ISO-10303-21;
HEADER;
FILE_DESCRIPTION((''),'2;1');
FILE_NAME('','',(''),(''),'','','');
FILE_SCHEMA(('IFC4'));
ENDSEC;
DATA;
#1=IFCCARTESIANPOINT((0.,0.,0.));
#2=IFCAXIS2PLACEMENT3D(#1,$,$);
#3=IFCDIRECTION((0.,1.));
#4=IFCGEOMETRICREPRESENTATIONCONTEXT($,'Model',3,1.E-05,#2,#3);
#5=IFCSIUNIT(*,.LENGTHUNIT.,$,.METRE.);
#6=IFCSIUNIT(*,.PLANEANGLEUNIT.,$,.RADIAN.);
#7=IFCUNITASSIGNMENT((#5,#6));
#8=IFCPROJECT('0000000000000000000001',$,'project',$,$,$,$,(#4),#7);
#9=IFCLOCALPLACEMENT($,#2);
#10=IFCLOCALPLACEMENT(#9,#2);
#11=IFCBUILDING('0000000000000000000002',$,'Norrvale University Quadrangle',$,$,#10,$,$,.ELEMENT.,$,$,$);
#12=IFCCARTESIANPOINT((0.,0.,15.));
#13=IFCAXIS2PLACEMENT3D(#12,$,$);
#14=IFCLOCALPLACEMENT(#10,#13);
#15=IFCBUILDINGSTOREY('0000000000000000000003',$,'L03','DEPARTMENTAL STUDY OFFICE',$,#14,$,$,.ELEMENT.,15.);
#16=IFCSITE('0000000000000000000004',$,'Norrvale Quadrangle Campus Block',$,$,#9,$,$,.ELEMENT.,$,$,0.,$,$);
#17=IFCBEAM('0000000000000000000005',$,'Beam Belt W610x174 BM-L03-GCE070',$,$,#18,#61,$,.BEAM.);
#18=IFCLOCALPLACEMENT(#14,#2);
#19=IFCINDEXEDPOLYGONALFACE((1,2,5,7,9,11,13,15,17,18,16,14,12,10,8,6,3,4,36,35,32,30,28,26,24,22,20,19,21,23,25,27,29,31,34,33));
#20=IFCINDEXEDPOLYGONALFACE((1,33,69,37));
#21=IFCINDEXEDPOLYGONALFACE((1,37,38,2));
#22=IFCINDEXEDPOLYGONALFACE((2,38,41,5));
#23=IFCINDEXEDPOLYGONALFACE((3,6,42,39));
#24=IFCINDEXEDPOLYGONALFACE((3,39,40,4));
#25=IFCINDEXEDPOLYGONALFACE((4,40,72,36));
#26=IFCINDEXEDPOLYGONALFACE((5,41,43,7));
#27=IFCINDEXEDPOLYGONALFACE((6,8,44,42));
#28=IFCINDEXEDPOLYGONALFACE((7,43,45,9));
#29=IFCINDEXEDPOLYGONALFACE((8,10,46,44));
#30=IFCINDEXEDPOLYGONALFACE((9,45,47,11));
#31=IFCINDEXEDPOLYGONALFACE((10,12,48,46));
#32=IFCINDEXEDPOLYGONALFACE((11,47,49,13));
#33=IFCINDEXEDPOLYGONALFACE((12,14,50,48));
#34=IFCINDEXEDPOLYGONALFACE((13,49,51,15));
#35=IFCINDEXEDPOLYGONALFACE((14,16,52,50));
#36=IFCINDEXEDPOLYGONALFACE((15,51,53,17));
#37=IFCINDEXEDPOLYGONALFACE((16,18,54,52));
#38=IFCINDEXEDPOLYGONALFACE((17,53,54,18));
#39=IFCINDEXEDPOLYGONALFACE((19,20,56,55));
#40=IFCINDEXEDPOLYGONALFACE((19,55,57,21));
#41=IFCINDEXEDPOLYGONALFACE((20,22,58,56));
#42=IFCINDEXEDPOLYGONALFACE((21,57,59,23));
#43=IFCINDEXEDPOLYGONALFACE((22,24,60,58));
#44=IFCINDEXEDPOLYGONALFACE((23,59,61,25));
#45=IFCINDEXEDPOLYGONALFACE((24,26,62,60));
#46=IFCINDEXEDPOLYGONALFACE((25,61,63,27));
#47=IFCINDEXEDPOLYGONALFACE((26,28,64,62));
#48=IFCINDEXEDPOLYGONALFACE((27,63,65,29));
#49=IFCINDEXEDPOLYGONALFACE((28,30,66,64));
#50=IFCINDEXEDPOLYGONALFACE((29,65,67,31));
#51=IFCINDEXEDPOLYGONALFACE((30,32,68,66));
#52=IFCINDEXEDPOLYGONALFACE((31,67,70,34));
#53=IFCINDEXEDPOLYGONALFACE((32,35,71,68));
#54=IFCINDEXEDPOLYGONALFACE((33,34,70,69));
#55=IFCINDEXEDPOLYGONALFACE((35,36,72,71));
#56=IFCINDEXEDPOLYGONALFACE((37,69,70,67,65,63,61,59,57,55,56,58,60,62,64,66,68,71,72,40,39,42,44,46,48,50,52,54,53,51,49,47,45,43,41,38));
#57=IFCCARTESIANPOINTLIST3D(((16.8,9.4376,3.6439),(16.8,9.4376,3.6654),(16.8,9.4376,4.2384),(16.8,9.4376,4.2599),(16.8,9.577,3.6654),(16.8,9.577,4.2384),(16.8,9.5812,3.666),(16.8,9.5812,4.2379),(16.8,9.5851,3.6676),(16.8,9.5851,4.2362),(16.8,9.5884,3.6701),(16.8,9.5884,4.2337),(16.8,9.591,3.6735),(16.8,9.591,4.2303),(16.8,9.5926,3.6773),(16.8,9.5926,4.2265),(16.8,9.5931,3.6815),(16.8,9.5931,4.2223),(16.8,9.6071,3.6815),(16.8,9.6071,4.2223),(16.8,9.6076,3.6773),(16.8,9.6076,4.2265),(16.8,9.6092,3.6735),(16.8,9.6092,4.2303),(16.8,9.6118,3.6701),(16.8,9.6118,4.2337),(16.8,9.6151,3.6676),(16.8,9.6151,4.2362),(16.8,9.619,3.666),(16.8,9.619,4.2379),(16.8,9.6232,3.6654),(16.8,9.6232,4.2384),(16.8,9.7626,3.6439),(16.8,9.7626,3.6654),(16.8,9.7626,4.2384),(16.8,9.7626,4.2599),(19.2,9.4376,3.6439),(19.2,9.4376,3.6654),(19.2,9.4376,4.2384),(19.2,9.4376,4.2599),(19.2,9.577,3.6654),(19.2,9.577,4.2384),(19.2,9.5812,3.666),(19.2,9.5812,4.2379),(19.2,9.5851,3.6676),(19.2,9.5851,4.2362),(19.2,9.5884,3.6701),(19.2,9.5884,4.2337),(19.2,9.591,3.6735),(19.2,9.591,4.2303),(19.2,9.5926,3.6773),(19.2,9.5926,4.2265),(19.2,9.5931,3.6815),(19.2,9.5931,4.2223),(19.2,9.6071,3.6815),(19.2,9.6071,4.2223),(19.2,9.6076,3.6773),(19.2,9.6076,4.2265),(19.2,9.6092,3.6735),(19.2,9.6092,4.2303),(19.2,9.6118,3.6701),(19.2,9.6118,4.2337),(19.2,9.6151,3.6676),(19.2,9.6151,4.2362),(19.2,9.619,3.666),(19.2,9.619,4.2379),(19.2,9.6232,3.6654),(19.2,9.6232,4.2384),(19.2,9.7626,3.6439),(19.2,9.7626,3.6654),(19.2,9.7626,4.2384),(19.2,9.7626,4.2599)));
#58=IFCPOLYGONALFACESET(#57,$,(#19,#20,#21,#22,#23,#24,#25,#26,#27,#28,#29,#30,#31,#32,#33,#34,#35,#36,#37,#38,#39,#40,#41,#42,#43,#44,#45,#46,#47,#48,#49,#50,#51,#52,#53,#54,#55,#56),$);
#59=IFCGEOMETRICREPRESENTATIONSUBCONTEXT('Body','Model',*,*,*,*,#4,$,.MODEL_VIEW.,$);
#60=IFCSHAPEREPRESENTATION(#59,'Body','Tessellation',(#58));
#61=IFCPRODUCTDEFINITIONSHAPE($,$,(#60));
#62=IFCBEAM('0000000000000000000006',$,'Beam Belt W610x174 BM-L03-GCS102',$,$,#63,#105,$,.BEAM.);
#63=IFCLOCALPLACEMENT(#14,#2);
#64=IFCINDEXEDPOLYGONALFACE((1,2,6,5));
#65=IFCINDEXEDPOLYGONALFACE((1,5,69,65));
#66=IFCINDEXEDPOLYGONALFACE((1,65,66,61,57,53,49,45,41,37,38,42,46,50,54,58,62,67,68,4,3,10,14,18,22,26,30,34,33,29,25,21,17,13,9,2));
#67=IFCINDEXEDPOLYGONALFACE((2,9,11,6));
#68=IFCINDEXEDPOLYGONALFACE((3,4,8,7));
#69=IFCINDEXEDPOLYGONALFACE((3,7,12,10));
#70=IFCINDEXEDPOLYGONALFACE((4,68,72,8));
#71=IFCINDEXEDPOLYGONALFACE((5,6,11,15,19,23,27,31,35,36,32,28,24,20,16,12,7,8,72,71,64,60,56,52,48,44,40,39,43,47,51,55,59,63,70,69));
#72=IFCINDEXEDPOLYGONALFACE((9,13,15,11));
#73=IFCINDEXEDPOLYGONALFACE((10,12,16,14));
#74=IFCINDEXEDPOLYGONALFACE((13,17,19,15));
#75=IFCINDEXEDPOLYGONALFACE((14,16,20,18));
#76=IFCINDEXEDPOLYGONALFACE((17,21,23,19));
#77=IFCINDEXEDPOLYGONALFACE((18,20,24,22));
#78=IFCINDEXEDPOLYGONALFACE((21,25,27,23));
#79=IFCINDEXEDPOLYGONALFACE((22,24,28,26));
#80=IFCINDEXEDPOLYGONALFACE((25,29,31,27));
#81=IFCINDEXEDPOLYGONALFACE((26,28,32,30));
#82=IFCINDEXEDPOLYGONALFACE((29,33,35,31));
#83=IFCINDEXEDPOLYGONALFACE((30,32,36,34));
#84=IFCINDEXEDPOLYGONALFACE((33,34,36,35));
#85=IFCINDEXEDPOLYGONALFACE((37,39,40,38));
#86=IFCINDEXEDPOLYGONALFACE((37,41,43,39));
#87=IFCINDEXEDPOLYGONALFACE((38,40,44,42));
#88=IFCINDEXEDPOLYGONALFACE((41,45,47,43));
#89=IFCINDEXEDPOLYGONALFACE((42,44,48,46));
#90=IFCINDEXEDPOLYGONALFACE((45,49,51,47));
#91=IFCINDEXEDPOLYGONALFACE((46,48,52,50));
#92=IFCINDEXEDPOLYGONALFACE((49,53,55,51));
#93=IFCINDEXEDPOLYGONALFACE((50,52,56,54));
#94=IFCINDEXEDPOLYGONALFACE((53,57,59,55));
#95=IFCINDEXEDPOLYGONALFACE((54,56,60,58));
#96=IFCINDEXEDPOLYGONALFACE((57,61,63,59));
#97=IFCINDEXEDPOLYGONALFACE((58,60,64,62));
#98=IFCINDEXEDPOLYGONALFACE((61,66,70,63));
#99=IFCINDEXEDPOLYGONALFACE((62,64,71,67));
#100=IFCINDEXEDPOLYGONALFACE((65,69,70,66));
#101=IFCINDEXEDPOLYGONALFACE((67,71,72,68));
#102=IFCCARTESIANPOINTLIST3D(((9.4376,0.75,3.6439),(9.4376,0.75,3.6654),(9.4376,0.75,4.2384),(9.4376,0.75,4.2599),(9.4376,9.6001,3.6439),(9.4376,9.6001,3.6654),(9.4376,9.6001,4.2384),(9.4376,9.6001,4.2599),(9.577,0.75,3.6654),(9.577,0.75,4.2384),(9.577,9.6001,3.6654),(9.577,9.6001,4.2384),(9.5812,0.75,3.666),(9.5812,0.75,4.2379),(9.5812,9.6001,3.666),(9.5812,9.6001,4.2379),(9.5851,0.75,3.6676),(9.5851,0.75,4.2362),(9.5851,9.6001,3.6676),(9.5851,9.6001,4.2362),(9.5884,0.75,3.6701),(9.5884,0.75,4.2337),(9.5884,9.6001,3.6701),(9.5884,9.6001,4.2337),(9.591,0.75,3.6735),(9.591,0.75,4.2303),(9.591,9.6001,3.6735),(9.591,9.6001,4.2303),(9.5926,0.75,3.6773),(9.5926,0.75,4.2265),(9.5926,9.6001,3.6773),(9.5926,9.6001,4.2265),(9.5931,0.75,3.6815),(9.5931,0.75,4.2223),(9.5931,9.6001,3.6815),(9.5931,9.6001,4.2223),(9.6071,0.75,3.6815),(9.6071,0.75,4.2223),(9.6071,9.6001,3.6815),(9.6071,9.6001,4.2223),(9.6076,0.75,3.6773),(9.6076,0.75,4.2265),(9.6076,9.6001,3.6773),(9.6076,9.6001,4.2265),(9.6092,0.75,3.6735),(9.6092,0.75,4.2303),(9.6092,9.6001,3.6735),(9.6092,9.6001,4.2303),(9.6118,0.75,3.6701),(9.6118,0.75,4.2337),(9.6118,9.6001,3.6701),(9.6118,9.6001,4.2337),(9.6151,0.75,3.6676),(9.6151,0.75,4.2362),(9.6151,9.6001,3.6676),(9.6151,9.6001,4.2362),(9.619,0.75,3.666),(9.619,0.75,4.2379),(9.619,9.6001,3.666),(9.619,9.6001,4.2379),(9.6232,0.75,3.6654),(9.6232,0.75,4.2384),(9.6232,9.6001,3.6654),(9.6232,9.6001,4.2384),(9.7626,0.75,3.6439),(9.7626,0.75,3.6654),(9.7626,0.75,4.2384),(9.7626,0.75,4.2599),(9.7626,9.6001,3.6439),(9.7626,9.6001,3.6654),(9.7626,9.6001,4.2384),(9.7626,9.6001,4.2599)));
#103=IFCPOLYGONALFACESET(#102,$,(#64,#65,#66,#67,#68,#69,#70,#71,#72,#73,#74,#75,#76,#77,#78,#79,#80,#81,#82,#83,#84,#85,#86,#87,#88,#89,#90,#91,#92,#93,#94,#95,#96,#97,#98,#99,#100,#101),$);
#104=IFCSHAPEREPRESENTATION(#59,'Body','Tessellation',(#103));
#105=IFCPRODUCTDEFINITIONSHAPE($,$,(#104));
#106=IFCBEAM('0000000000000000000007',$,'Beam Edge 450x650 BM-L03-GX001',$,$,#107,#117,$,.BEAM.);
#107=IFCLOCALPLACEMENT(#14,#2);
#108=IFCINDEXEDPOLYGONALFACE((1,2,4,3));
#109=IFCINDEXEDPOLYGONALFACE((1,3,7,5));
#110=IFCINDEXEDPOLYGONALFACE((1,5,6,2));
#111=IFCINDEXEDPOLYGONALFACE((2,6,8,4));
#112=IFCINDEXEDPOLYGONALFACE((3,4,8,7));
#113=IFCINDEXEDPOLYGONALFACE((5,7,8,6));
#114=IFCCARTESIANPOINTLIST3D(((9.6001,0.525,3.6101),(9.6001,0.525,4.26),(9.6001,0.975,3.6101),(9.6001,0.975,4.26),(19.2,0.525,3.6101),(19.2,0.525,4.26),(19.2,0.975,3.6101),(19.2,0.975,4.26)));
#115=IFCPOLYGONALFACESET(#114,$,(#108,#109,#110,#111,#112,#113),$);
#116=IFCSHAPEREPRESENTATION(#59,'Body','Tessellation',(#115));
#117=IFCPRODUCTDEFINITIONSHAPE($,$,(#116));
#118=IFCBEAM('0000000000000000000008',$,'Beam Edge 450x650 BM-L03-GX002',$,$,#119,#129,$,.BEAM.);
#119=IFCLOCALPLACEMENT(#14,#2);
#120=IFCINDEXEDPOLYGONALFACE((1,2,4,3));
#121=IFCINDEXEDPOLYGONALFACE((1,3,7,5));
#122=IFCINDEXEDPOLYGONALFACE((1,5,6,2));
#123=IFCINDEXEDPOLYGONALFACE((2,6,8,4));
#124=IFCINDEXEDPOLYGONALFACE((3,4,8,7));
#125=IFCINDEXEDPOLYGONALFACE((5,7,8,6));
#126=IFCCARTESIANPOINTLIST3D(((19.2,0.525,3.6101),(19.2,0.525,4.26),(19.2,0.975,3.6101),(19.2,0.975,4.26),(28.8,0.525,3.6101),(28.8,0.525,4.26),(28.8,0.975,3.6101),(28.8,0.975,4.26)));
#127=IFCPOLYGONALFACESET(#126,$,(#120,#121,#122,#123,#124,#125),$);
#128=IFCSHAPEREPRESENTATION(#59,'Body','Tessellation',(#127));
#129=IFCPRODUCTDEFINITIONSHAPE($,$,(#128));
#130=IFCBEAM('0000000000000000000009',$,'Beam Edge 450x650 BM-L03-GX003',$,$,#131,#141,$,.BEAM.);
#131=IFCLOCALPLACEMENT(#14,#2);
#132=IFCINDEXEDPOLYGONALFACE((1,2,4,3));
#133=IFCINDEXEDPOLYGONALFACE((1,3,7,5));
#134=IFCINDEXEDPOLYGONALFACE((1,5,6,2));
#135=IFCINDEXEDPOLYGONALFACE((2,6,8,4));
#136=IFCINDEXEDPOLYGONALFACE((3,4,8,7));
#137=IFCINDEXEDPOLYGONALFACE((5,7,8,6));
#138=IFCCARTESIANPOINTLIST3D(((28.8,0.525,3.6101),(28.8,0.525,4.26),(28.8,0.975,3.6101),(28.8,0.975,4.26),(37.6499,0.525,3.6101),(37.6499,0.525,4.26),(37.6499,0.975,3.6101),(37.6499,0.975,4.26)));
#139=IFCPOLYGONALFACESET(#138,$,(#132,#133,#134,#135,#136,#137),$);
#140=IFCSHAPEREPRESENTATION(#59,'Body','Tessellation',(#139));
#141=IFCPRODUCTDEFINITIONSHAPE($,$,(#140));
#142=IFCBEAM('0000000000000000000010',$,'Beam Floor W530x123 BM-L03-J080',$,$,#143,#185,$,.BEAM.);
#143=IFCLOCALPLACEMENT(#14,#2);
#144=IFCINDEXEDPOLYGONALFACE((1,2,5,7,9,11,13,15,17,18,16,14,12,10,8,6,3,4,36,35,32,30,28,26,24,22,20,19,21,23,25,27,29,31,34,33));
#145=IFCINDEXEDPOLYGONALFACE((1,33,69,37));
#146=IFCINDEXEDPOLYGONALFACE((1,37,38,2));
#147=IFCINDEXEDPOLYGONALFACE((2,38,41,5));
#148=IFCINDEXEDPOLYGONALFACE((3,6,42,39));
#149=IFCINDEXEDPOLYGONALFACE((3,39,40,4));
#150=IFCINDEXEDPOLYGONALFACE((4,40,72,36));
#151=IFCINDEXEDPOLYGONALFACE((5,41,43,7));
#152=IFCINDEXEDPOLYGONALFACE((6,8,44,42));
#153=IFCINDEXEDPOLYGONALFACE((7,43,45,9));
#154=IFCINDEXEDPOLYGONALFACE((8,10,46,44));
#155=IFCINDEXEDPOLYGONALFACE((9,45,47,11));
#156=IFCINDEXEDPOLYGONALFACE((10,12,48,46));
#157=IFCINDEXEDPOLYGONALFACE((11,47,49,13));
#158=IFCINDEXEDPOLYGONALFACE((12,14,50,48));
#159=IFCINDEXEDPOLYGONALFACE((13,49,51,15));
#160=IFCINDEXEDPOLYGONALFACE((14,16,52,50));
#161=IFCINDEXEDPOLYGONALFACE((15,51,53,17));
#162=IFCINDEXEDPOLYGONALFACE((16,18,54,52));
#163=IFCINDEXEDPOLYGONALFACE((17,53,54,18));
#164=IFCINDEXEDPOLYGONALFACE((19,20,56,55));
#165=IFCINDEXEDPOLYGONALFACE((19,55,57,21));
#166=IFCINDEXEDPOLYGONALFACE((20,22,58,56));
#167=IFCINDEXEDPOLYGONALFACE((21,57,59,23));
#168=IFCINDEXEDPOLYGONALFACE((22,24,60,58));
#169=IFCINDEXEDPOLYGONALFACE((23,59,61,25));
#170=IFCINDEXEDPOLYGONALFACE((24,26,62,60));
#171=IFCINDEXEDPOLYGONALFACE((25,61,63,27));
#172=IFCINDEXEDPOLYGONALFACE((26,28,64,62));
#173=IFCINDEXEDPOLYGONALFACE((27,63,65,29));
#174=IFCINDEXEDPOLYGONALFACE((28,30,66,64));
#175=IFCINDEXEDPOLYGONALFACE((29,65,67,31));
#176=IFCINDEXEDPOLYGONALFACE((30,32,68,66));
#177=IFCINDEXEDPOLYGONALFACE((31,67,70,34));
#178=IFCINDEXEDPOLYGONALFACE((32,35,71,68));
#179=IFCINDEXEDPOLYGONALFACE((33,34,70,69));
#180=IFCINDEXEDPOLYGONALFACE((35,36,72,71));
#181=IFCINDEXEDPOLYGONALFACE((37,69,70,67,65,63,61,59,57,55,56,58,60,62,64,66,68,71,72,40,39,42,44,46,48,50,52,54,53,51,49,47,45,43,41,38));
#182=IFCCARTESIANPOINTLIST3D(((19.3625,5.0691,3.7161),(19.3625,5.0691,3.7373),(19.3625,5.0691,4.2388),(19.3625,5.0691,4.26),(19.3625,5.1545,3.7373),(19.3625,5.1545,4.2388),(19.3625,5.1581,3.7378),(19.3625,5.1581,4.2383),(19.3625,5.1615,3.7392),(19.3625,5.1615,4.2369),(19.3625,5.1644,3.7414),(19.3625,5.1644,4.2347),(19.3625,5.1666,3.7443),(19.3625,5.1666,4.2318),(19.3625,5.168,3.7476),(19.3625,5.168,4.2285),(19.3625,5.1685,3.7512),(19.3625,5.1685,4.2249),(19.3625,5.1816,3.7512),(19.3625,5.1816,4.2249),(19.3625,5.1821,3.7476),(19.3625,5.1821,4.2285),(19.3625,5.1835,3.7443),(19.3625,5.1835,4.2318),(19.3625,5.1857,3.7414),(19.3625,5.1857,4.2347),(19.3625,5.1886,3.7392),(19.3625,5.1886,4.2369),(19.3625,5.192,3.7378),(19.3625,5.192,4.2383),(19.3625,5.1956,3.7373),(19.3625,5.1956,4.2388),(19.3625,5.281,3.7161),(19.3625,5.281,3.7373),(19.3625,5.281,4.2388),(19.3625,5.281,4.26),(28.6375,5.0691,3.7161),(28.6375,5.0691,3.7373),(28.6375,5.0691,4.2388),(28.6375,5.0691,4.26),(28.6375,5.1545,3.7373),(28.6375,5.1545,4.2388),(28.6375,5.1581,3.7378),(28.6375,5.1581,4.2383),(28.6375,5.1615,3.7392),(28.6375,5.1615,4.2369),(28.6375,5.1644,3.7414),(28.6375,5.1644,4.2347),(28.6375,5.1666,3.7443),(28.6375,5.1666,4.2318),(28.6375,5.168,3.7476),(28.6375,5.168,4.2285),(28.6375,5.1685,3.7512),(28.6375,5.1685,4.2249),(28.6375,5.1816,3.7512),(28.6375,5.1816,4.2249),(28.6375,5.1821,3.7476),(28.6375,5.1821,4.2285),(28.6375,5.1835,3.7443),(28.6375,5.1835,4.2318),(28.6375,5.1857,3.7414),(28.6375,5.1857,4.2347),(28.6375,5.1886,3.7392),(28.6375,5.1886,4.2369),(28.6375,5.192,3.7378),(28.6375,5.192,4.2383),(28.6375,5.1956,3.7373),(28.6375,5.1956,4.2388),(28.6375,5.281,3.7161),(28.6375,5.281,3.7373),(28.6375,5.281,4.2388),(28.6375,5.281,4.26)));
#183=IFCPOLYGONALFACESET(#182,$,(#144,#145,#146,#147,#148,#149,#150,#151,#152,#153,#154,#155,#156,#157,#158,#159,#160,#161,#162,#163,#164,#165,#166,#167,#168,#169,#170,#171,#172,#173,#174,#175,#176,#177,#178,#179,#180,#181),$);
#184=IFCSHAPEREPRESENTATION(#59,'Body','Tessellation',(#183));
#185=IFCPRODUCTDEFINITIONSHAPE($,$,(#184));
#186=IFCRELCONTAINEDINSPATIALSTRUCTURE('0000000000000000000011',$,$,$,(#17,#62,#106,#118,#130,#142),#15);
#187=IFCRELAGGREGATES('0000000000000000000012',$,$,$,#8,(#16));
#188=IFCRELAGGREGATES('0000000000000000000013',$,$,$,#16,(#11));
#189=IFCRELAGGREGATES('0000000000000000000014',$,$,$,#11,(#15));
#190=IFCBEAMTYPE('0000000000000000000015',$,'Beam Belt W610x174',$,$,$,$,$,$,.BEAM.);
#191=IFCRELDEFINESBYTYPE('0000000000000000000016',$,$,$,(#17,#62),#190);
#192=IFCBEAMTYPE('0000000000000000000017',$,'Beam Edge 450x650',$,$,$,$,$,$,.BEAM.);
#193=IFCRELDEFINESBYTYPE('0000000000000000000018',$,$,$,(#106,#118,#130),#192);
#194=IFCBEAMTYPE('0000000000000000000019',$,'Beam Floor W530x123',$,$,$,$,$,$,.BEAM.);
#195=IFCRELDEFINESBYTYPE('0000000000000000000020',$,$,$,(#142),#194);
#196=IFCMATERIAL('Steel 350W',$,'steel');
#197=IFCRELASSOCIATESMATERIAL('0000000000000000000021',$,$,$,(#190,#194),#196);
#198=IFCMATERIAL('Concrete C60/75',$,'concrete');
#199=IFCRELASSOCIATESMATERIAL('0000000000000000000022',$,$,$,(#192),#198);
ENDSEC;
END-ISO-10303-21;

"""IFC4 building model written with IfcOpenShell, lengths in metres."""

from ifc_helpers import new_model, si_unit, direction, frame, origin, origin_2d, place, context, subcontext, project, spatial, rectangle, i_section, extrude, material, material_profile, profile_set, type_object, element, save


model = new_model("IFC4")

# Units and contexts
model_context = context("Model", 3, precision=1e-05, world=origin(), true_north=direction((0.0, 1.0)))
body_context = subcontext(model_context, "Body", "Model", "MODEL_VIEW")
ifc_project = project(units=[si_unit("LENGTHUNIT", "METRE"), si_unit("PLANEANGLEUNIT", "RADIAN")], contexts=[model_context])

# Site, building, storey
site_placement = place(None, origin())
site = spatial("IfcSite", under=ifc_project, at=site_placement, Name="Norrvale Quadrangle Campus Block", CompositionType="ELEMENT", RefElevation=0.0)
building_placement = place(site_placement, origin())
building = spatial("IfcBuilding", under=site, at=building_placement, Name="Norrvale University Quadrangle", CompositionType="ELEMENT")
storey_placement = place(building_placement, frame((0.0, 0.0, 15.0)))
storey = spatial("IfcBuildingStorey", under=building, at=storey_placement, Name="L03", Description="DEPARTMENTAL STUDY OFFICE", CompositionType="ELEMENT", Elevation=15.0)

# Beams
ifc_material_1 = material(Name="Steel 350W", Category="steel")
ifc_material_profile_1 = material_profile(ifc_material_1, i_section(OverallWidth=0.325, OverallDepth=0.616, WebThickness=0.0139, FlangeThickness=0.0215, FilletRadius=0.0161, at=origin_2d()), Name="Steel 350W")
ifc_profile_set_1 = profile_set([ifc_material_profile_1], Name="Steel 350W")
beam_type_1 = type_object("IfcBeamType", Name="Beam Belt W610x174", PredefinedType="BEAM", material=ifc_profile_set_1)
beam_1_placement = place(storey_placement, frame((16.8, 9.6001, 3.9519), z_axis=(1.0, 0.0, 0.0), x_axis=(0.0, 1.0, 0.0)))
element("IfcBeam", 1, at=beam_1_placement, inside=storey, type_object=beam_type_1, Name="Beam Belt W610x174 BM-L03-GCE070", PredefinedType="BEAM", context=body_context, shape_type="SweptSolid", body=[
    extrude(i_section(OverallWidth=0.325, OverallDepth=0.616, WebThickness=0.0139, FlangeThickness=0.0215, FilletRadius=0.0161, at=origin_2d()), origin(), (0.0, 0.0, 1.0), 2.3999),
])
beam_2_placement = place(storey_placement, frame((9.6001, 0.75, 3.9519), z_axis=(0.0, 1.0, 0.0), x_axis=(-1.0, 0.0, 0.0)))
element("IfcBeam", 2, at=beam_2_placement, inside=storey, type_object=beam_type_1, Name="Beam Belt W610x174 BM-L03-GCS102", PredefinedType="BEAM", context=body_context, shape_type="SweptSolid", body=[
    extrude(i_section(OverallWidth=0.325, OverallDepth=0.616, WebThickness=0.0139, FlangeThickness=0.0215, FilletRadius=0.0161, at=origin_2d()), origin(), (0.0, 0.0, 1.0), 8.8501),
])
ifc_material_2 = material(Name="Concrete C60/75", Category="concrete")
ifc_material_profile_2 = material_profile(ifc_material_2, rectangle(XDim=0.45, YDim=0.6499, at=origin_2d()), Name="Concrete C60/75")
ifc_profile_set_2 = profile_set([ifc_material_profile_2], Name="Concrete C60/75")
beam_type_2 = type_object("IfcBeamType", Name="Beam Edge 450x650", PredefinedType="BEAM", material=ifc_profile_set_2)
beam_3_placement = place(storey_placement, frame((9.6001, 0.75, 3.9351), z_axis=(1.0, 0.0, 0.0), x_axis=(0.0, 1.0, 0.0)))
element("IfcBeam", 3, at=beam_3_placement, inside=storey, type_object=beam_type_2, Name="Beam Edge 450x650 BM-L03-GX001", PredefinedType="BEAM", context=body_context, shape_type="SweptSolid", body=[
    extrude(rectangle(XDim=0.45, YDim=0.6499, at=origin_2d()), origin(), (0.0, 0.0, 1.0), 9.5999),
])
beam_4_placement = place(storey_placement, frame((19.2, 0.75, 3.9351), z_axis=(1.0, 0.0, 0.0), x_axis=(0.0, 1.0, 0.0)))
element("IfcBeam", 4, at=beam_4_placement, inside=storey, type_object=beam_type_2, Name="Beam Edge 450x650 BM-L03-GX002", PredefinedType="BEAM", context=body_context, shape_type="SweptSolid", body=[
    extrude(rectangle(XDim=0.45, YDim=0.6499, at=origin_2d()), origin(), (0.0, 0.0, 1.0), 9.6001),
])
beam_5_placement = place(storey_placement, frame((28.8, 0.75, 3.9351), z_axis=(1.0, 0.0, 0.0), x_axis=(0.0, 1.0, 0.0)))
element("IfcBeam", 5, at=beam_5_placement, inside=storey, type_object=beam_type_2, Name="Beam Edge 450x650 BM-L03-GX003", PredefinedType="BEAM", context=body_context, shape_type="SweptSolid", body=[
    extrude(rectangle(XDim=0.45, YDim=0.6499, at=origin_2d()), origin(), (0.0, 0.0, 1.0), 8.8499),
])
ifc_material_profile_3 = material_profile(ifc_material_1, i_section(OverallWidth=0.2119, OverallDepth=0.5439, WebThickness=0.0132, FlangeThickness=0.0212, FilletRadius=0.0139, at=origin_2d()), Name="Steel 350W")
ifc_profile_set_3 = profile_set([ifc_material_profile_3], Name="Steel 350W")
beam_type_3 = type_object("IfcBeamType", Name="Beam Floor W530x123", PredefinedType="BEAM", material=ifc_profile_set_3)
beam_6_placement = place(storey_placement, frame((19.3625, 5.175, 3.988), z_axis=(1.0, 0.0, 0.0), x_axis=(0.0, 1.0, 0.0)))
element("IfcBeam", 6, at=beam_6_placement, inside=storey, type_object=beam_type_3, Name="Beam Floor W530x123 BM-L03-J080", PredefinedType="BEAM", context=body_context, shape_type="SweptSolid", body=[
    extrude(i_section(OverallWidth=0.2119, OverallDepth=0.5439, WebThickness=0.0132, FlangeThickness=0.0212, FilletRadius=0.0139, at=origin_2d()), origin(), (0.0, 0.0, 1.0), 9.2749),
])

save(model, "model.ifc")
